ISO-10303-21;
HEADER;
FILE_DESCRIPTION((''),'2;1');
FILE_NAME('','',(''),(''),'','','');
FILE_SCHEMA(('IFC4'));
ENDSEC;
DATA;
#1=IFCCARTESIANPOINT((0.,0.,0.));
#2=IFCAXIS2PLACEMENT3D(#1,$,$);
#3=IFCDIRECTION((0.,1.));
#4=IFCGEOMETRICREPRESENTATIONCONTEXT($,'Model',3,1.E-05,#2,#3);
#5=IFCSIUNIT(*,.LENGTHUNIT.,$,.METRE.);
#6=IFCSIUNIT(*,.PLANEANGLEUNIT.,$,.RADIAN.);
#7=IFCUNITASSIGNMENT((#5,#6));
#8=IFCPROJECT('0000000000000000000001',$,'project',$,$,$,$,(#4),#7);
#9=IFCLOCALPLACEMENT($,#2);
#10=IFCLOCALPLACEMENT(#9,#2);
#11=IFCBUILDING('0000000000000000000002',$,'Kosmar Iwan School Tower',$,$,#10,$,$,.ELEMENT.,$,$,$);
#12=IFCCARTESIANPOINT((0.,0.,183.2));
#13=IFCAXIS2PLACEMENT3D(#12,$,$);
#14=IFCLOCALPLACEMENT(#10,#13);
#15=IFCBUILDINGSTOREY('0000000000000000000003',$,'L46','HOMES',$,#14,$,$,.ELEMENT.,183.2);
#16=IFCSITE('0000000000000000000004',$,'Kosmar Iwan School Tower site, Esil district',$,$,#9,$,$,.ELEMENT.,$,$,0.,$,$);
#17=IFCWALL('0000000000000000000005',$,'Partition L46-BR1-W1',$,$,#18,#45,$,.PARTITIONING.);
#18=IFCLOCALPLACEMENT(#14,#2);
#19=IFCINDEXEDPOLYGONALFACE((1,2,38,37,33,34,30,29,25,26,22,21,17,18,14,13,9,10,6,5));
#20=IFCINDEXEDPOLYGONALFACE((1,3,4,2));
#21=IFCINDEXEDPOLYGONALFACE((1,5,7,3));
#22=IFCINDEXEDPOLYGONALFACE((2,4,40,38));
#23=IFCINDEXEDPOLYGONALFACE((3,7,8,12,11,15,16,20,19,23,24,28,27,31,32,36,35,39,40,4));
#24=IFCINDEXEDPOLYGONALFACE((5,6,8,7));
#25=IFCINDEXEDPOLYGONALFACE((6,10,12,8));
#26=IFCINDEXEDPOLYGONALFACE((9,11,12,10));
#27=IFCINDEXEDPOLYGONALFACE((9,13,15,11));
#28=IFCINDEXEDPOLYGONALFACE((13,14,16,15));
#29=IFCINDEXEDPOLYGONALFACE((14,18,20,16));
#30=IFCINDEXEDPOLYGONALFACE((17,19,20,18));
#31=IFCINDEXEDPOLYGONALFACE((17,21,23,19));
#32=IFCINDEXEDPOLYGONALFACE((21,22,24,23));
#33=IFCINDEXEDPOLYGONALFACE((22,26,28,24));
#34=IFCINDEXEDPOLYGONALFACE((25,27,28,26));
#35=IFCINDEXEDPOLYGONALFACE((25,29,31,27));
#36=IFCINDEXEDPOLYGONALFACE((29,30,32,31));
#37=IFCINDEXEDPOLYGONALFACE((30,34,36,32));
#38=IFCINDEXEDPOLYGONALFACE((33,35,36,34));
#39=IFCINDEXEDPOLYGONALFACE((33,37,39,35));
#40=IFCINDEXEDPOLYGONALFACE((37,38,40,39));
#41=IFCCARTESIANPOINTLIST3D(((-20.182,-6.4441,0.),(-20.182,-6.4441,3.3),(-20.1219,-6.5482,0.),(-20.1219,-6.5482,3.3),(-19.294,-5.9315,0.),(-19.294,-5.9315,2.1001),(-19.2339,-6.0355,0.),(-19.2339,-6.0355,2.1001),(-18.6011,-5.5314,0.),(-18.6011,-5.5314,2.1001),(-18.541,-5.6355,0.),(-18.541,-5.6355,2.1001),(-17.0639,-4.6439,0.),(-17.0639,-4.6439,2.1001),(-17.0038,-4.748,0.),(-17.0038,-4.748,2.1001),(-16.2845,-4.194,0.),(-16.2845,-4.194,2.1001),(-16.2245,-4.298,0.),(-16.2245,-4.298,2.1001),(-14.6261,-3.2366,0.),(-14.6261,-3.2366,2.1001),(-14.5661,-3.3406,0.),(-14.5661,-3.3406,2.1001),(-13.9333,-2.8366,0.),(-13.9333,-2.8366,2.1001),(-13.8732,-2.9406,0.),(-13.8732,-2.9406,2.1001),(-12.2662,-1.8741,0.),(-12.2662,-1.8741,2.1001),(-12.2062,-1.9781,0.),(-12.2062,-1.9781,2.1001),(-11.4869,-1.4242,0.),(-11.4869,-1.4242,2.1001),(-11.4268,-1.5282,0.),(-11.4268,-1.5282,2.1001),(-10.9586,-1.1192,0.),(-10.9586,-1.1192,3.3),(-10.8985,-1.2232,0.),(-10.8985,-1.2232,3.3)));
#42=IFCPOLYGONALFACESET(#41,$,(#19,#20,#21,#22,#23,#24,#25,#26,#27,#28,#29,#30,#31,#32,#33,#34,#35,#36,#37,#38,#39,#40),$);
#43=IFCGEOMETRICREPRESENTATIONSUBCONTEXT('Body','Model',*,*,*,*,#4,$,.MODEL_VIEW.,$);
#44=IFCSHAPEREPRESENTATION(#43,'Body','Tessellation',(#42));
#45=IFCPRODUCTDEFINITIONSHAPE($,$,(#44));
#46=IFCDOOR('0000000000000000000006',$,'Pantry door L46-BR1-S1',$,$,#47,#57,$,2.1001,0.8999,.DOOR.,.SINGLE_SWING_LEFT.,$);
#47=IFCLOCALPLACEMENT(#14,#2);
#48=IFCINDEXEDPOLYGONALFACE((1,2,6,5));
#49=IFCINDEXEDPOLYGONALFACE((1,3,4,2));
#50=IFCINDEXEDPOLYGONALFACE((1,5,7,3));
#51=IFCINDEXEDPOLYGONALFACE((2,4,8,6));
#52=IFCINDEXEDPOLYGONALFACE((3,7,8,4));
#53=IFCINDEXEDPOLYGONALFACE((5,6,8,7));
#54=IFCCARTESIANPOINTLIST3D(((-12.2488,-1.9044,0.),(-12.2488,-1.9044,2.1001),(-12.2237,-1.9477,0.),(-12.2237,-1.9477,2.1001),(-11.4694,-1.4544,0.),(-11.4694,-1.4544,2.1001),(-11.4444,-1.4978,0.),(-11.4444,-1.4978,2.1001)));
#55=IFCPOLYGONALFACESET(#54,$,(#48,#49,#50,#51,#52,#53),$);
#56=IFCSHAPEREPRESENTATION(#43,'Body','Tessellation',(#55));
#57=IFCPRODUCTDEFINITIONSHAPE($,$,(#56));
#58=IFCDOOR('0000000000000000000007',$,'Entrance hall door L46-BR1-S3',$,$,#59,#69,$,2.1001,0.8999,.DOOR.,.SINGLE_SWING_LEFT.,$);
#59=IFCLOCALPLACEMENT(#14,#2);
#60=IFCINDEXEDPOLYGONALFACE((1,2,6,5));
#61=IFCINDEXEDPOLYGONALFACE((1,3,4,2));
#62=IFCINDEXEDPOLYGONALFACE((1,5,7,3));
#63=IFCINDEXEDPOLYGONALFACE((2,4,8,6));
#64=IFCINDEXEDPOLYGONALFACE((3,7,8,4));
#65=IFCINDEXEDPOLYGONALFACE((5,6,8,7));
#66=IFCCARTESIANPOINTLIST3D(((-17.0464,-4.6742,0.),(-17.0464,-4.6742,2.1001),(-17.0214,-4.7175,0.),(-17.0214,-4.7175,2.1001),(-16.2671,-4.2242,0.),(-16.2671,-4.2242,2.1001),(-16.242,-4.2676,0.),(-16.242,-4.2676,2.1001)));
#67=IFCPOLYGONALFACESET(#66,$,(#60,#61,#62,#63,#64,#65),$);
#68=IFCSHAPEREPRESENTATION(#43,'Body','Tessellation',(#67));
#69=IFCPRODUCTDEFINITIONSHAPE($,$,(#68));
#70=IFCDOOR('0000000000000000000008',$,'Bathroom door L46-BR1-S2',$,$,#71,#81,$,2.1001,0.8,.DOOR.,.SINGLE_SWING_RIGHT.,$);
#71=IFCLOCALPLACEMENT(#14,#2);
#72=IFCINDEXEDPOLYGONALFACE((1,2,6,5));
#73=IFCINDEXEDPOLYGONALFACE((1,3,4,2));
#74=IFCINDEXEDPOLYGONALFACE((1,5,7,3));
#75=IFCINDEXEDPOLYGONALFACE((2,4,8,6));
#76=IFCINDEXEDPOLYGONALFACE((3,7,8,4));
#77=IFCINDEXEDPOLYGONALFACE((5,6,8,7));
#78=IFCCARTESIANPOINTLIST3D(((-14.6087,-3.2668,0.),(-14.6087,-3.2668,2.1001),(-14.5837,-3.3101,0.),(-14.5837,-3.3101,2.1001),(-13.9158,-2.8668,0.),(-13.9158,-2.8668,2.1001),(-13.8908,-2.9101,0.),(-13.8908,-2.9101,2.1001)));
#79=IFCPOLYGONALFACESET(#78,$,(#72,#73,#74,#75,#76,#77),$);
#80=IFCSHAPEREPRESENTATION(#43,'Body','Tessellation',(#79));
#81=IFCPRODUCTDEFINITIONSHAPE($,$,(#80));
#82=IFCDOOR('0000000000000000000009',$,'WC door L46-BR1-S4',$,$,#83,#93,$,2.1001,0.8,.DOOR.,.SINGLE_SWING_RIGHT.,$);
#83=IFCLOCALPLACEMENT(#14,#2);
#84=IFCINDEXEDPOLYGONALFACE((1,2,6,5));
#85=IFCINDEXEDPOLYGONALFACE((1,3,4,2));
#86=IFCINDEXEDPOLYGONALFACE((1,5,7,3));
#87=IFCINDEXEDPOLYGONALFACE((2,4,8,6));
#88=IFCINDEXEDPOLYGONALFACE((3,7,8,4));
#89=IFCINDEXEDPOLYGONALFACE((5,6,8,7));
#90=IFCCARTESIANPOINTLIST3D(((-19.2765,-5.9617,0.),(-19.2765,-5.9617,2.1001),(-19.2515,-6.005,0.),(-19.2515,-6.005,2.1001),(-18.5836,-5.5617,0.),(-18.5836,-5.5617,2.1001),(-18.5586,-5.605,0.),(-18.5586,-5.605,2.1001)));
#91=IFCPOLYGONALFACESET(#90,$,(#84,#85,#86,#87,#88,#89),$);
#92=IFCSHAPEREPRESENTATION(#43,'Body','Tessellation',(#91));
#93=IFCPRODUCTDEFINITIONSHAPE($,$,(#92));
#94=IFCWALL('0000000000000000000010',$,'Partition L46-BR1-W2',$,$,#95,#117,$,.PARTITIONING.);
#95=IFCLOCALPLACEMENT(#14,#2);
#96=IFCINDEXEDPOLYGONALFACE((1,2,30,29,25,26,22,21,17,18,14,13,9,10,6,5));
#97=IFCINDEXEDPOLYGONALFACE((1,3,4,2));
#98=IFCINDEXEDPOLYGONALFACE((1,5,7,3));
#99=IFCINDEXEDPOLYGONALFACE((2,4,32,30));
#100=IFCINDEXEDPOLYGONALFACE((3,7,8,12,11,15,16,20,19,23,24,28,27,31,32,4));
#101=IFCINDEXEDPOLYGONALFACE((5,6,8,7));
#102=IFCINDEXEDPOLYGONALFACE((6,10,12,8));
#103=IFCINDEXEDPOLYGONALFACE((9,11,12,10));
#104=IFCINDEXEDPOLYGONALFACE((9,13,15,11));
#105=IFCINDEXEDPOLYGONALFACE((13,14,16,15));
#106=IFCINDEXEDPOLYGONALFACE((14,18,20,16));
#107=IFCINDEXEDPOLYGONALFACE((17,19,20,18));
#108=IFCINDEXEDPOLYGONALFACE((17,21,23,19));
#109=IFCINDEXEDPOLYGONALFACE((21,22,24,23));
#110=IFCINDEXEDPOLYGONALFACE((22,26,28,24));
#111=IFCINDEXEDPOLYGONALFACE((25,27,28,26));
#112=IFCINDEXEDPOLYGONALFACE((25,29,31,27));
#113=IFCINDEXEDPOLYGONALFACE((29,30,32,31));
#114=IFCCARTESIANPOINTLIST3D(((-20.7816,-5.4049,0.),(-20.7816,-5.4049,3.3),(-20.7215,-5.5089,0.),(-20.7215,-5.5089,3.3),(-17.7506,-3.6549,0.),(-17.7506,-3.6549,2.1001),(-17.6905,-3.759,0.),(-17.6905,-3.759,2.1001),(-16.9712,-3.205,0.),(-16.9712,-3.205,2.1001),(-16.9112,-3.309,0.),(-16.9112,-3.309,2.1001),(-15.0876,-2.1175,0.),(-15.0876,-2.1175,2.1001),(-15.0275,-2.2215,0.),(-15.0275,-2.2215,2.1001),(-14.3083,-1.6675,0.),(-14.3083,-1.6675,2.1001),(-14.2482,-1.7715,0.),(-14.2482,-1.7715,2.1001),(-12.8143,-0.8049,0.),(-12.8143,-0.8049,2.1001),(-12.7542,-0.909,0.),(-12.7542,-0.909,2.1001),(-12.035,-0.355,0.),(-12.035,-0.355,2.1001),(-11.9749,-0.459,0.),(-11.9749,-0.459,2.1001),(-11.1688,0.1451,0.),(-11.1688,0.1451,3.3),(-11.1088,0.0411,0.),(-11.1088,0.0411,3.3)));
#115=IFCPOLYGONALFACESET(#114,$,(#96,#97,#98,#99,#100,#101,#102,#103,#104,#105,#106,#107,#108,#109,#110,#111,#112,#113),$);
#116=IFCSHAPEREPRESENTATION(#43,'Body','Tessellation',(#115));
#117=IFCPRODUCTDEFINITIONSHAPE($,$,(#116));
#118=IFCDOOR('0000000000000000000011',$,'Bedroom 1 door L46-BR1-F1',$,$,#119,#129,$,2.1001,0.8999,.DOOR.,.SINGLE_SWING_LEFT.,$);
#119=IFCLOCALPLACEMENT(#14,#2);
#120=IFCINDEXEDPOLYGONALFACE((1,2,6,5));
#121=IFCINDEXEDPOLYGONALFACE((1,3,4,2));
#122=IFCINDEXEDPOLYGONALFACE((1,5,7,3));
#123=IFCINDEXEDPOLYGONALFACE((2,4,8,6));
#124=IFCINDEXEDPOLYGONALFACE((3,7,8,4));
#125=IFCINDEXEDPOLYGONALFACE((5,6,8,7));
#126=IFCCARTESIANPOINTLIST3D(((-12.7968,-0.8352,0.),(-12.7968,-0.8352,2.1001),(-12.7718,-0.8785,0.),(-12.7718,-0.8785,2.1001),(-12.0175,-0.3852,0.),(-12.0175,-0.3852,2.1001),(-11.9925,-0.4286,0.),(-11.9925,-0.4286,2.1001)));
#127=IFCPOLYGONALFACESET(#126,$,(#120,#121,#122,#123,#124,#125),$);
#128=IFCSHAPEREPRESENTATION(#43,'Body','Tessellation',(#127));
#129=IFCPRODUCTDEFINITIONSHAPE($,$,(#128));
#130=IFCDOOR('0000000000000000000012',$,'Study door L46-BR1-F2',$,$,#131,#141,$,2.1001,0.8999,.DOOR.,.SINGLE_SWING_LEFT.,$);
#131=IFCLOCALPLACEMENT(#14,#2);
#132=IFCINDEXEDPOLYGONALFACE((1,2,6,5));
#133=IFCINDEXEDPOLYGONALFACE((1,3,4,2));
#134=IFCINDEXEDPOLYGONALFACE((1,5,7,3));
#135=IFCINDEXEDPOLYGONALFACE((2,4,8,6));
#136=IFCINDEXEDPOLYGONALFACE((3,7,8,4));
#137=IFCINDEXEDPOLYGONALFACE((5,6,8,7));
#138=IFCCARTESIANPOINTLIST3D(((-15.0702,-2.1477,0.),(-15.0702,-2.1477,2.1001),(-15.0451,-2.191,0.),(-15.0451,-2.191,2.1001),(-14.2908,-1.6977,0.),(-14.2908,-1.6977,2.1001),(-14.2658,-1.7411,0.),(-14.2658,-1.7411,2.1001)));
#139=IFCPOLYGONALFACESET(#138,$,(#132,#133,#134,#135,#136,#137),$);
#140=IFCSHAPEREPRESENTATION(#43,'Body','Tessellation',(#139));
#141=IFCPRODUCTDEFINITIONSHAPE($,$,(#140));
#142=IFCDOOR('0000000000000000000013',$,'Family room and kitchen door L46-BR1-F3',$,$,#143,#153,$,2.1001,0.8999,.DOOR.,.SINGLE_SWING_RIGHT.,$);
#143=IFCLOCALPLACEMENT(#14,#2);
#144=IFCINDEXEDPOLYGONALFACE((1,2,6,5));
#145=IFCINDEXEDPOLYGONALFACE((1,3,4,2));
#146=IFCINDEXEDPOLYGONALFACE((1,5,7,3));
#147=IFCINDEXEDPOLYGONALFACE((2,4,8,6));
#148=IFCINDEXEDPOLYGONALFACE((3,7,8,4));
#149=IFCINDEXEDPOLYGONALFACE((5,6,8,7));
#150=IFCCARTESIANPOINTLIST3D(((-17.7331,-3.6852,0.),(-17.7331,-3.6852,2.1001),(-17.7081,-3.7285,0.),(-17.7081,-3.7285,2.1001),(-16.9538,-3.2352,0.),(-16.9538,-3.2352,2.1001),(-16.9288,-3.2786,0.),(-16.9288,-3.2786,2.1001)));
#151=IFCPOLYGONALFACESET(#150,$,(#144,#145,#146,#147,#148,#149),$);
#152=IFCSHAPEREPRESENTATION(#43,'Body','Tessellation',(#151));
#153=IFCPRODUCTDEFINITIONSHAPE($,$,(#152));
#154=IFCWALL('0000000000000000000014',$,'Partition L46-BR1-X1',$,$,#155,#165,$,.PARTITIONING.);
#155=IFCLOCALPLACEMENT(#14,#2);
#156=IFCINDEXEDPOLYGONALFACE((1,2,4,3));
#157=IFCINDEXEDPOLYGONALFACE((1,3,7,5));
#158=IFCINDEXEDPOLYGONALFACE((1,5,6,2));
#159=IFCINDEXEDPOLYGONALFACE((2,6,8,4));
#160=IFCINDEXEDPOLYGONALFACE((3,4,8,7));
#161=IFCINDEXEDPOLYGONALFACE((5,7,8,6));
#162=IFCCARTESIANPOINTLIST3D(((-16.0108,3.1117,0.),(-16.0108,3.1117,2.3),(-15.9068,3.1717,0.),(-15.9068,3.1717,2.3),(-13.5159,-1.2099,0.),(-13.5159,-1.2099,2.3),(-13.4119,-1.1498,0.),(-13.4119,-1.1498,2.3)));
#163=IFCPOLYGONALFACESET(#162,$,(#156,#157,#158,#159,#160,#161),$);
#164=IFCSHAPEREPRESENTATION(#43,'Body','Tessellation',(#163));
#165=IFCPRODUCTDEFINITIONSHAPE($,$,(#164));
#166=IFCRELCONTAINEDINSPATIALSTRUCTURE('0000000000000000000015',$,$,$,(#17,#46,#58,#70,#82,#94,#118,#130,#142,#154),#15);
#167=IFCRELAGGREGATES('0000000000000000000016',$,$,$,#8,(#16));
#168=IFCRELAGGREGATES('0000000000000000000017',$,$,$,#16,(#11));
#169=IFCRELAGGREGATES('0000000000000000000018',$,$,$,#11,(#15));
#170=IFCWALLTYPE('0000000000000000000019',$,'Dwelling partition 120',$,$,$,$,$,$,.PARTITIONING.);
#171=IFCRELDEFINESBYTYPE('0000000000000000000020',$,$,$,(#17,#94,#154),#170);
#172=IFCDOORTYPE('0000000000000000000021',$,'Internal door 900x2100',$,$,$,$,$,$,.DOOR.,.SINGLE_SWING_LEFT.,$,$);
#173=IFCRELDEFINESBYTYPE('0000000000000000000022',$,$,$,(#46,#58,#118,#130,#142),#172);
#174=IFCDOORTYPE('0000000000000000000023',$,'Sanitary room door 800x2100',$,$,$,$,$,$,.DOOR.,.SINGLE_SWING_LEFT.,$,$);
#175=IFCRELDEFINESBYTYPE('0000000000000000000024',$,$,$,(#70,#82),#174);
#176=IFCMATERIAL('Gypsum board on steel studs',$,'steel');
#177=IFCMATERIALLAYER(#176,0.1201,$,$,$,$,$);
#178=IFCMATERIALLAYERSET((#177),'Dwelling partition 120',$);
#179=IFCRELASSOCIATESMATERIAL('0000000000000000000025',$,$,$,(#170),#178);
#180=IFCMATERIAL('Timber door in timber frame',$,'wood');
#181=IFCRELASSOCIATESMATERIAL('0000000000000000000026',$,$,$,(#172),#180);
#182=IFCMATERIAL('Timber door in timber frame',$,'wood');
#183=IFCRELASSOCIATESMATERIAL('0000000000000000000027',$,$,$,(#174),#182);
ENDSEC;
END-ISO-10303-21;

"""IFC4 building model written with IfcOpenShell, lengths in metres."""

from ifc_helpers import new_model, si_unit, direction, frame, frame_2d, origin, place, context, subcontext, project, spatial, rectangle, extrude, material, layer, layer_set, type_object, element, fill, save


model = new_model("IFC4")

# Units and contexts
model_context = context("Model", 3, precision=1e-05, world=origin(), true_north=direction((0.0, 1.0)))
body_context = subcontext(model_context, "Body", "Model", "MODEL_VIEW")
ifc_project = project(units=[si_unit("LENGTHUNIT", "METRE"), si_unit("PLANEANGLEUNIT", "RADIAN")], contexts=[model_context])

# Site, building, storey
site_placement = place(None, origin())
site = spatial("IfcSite", under=ifc_project, at=site_placement, Name="Kosmar Iwan School Tower site, Esil district", CompositionType="ELEMENT", RefElevation=0.0)
building_placement = place(site_placement, origin())
building = spatial("IfcBuilding", under=site, at=building_placement, Name="Kosmar Iwan School Tower", CompositionType="ELEMENT")
storey_placement = place(building_placement, frame((0.0, 0.0, 183.2)))
storey = spatial("IfcBuildingStorey", under=building, at=storey_placement, Name="L46", Description="HOMES", CompositionType="ELEMENT", Elevation=183.2)

# Walls, openings, doors
ifc_material_1 = material(Name="Gypsum board on steel studs", Category="steel")
ifc_layer_1 = layer(ifc_material_1, 0.1201)
ifc_layer_set_1 = layer_set([ifc_layer_1], Name="Dwelling partition 120")
wall_type_1 = type_object("IfcWallType", Name="Dwelling partition 120", PredefinedType="PARTITIONING", material=ifc_layer_set_1)
wall_1_placement = place(storey_placement, frame((-10.9285, -1.1711, 0.0), z_axis=(0.0, 0.0, 1.0), x_axis=(-0.866033, -0.499988, 0.0)))
wall_1 = element("IfcWall", 1, at=wall_1_placement, inside=storey, type_object=wall_type_1, Name="Partition L46-BR1-W1", PredefinedType="PARTITIONING", context=body_context, shape_type="SweptSolid", body=[
    extrude(rectangle(XDim=10.6501, YDim=0.1201, at=frame_2d((5.3252, 0.0))), origin(), (0.0, 0.0, 1.0), 3.3),
])
opening_1_placement = place(wall_1_placement, frame((0.6101, 0.0, 0.0)))
opening_1 = element("IfcOpeningElement", 2, at=opening_1_placement, cuts=wall_1, PredefinedType="OPENING", context=body_context, shape_type="SweptSolid", body=[
    extrude(rectangle(XDim=0.8999, YDim=2.1001, at=frame_2d((0.45, 1.05))), frame((0.0, 0.072, 0.0), z_axis=(0.0, -1.0, 0.0), x_axis=(1.0, 0.0, 0.0)), (0.0, 0.0, 1.0), 0.144),
])
opening_2_placement = place(wall_1_placement, frame((3.4351, 0.0, 0.0)))
opening_2 = element("IfcOpeningElement", 3, at=opening_2_placement, cuts=wall_1, PredefinedType="OPENING", context=body_context, shape_type="SweptSolid", body=[
    extrude(rectangle(XDim=0.8, YDim=2.1001, at=frame_2d((0.3999, 1.05))), frame((0.0, 0.072, 0.0), z_axis=(0.0, -1.0, 0.0), x_axis=(1.0, 0.0, 0.0)), (0.0, 0.0, 1.0), 0.144),
])
opening_3_placement = place(wall_1_placement, frame((6.1499, 0.0, 0.0)))
opening_3 = element("IfcOpeningElement", 4, at=opening_3_placement, cuts=wall_1, PredefinedType="OPENING", context=body_context, shape_type="SweptSolid", body=[
    extrude(rectangle(XDim=0.8999, YDim=2.1001, at=frame_2d((0.45, 1.05))), frame((0.0, 0.072, 0.0), z_axis=(0.0, -1.0, 0.0), x_axis=(1.0, 0.0, 0.0)), (0.0, 0.0, 1.0), 0.144),
])
opening_4_placement = place(wall_1_placement, frame((8.825, 0.0, 0.0)))
opening_4 = element("IfcOpeningElement", 5, at=opening_4_placement, cuts=wall_1, PredefinedType="OPENING", context=body_context, shape_type="SweptSolid", body=[
    extrude(rectangle(XDim=0.8, YDim=2.1001, at=frame_2d((0.3999, 1.05))), frame((0.0, 0.072, 0.0), z_axis=(0.0, -1.0, 0.0), x_axis=(1.0, 0.0, 0.0)), (0.0, 0.0, 1.0), 0.144),
])
ifc_material_2 = material(Name="Timber door in timber frame", Category="wood")
door_type_1 = type_object("IfcDoorType", Name="Internal door 900x2100", OperationType="SINGLE_SWING_LEFT", PredefinedType="DOOR", material=ifc_material_2)
door_1_placement = place(opening_1_placement, origin())
door_1 = element("IfcDoor", 6, at=door_1_placement, inside=storey, type_object=door_type_1, Name="Pantry door L46-BR1-S1", OperationType="SINGLE_SWING_LEFT", OverallHeight=2.1001, OverallWidth=0.8999, PredefinedType="DOOR", context=body_context, shape_type="SweptSolid", body=[
    extrude(rectangle(XDim=0.8999, YDim=2.1001, at=frame_2d((0.45, 1.05))), frame((0.0, 0.0249, 0.0), z_axis=(0.0, -1.0, 0.0), x_axis=(1.0, 0.0, 0.0)), (0.0, 0.0, 1.0), 0.05),
])
fill(opening_1, door_1)
door_2_placement = place(opening_3_placement, origin())
door_2 = element("IfcDoor", 7, at=door_2_placement, inside=storey, type_object=door_type_1, Name="Entrance hall door L46-BR1-S3", OperationType="SINGLE_SWING_LEFT", OverallHeight=2.1001, OverallWidth=0.8999, PredefinedType="DOOR", context=body_context, shape_type="SweptSolid", body=[
    extrude(rectangle(XDim=0.8999, YDim=2.1001, at=frame_2d((0.45, 1.05))), frame((0.0, 0.0249, 0.0), z_axis=(0.0, -1.0, 0.0), x_axis=(1.0, 0.0, 0.0)), (0.0, 0.0, 1.0), 0.05),
])
fill(opening_3, door_2)
ifc_material_3 = material(Name="Timber door in timber frame", Category="wood")
door_type_2 = type_object("IfcDoorType", Name="Sanitary room door 800x2100", OperationType="SINGLE_SWING_LEFT", PredefinedType="DOOR", material=ifc_material_3)
door_3_placement = place(opening_2_placement, origin())
door_3 = element("IfcDoor", 8, at=door_3_placement, inside=storey, type_object=door_type_2, Name="Bathroom door L46-BR1-S2", OperationType="SINGLE_SWING_RIGHT", OverallHeight=2.1001, OverallWidth=0.8, PredefinedType="DOOR", context=body_context, shape_type="SweptSolid", body=[
    extrude(rectangle(XDim=0.8, YDim=2.1001, at=frame_2d((0.3999, 1.05))), frame((0.0, 0.0249, 0.0), z_axis=(0.0, -1.0, 0.0), x_axis=(1.0, 0.0, 0.0)), (0.0, 0.0, 1.0), 0.05),
])
fill(opening_2, door_3)
door_4_placement = place(opening_4_placement, origin())
door_4 = element("IfcDoor", 9, at=door_4_placement, inside=storey, type_object=door_type_2, Name="WC door L46-BR1-S4", OperationType="SINGLE_SWING_RIGHT", OverallHeight=2.1001, OverallWidth=0.8, PredefinedType="DOOR", context=body_context, shape_type="SweptSolid", body=[
    extrude(rectangle(XDim=0.8, YDim=2.1001, at=frame_2d((0.3999, 1.05))), frame((0.0, 0.0249, 0.0), z_axis=(0.0, -1.0, 0.0), x_axis=(1.0, 0.0, 0.0)), (0.0, 0.0, 1.0), 0.05),
])
fill(opening_4, door_4)
wall_2_placement = place(storey_placement, frame((-11.1389, 0.093, 0.0), z_axis=(0.0, 0.0, 1.0), x_axis=(-0.866021, -0.500007, 0.0)))
wall_2 = element("IfcWall", 10, at=wall_2_placement, inside=storey, type_object=wall_type_1, Name="Partition L46-BR1-W2", PredefinedType="PARTITIONING", context=body_context, shape_type="SweptSolid", body=[
    extrude(rectangle(XDim=11.0999, YDim=0.1201, at=frame_2d((5.5498, 0.0))), origin(), (0.0, 0.0, 1.0), 3.3),
])
opening_5_placement = place(wall_2_placement, frame((1.0, 0.0, 0.0)))
opening_5 = element("IfcOpeningElement", 11, at=opening_5_placement, cuts=wall_2, PredefinedType="OPENING", context=body_context, shape_type="SweptSolid", body=[
    extrude(rectangle(XDim=0.8999, YDim=2.1001, at=frame_2d((0.45, 1.05))), frame((0.0, 0.072, 0.0), z_axis=(0.0, -1.0, 0.0), x_axis=(1.0, 0.0, 0.0)), (0.0, 0.0, 1.0), 0.144),
])
opening_6_placement = place(wall_2_placement, frame((3.625, 0.0, 0.0)))
opening_6 = element("IfcOpeningElement", 12, at=opening_6_placement, cuts=wall_2, PredefinedType="OPENING", context=body_context, shape_type="SweptSolid", body=[
    extrude(rectangle(XDim=0.8999, YDim=2.1001, at=frame_2d((0.45, 1.05))), frame((0.0, 0.072, 0.0), z_axis=(0.0, -1.0, 0.0), x_axis=(1.0, 0.0, 0.0)), (0.0, 0.0, 1.0), 0.144),
])
opening_7_placement = place(wall_2_placement, frame((6.7, 0.0, 0.0)))
opening_7 = element("IfcOpeningElement", 13, at=opening_7_placement, cuts=wall_2, PredefinedType="OPENING", context=body_context, shape_type="SweptSolid", body=[
    extrude(rectangle(XDim=0.8999, YDim=2.1001, at=frame_2d((0.45, 1.05))), frame((0.0, 0.072, 0.0), z_axis=(0.0, -1.0, 0.0), x_axis=(1.0, 0.0, 0.0)), (0.0, 0.0, 1.0), 0.144),
])
door_5_placement = place(opening_5_placement, origin())
door_5 = element("IfcDoor", 14, at=door_5_placement, inside=storey, type_object=door_type_1, Name="Bedroom 1 door L46-BR1-F1", OperationType="SINGLE_SWING_LEFT", OverallHeight=2.1001, OverallWidth=0.8999, PredefinedType="DOOR", context=body_context, shape_type="SweptSolid", body=[
    extrude(rectangle(XDim=0.8999, YDim=2.1001, at=frame_2d((0.45, 1.05))), frame((0.0, 0.0249, 0.0), z_axis=(0.0, -1.0, 0.0), x_axis=(1.0, 0.0, 0.0)), (0.0, 0.0, 1.0), 0.05),
])
fill(opening_5, door_5)
door_6_placement = place(opening_6_placement, origin())
door_6 = element("IfcDoor", 15, at=door_6_placement, inside=storey, type_object=door_type_1, Name="Study door L46-BR1-F2", OperationType="SINGLE_SWING_LEFT", OverallHeight=2.1001, OverallWidth=0.8999, PredefinedType="DOOR", context=body_context, shape_type="SweptSolid", body=[
    extrude(rectangle(XDim=0.8999, YDim=2.1001, at=frame_2d((0.45, 1.05))), frame((0.0, 0.0249, 0.0), z_axis=(0.0, -1.0, 0.0), x_axis=(1.0, 0.0, 0.0)), (0.0, 0.0, 1.0), 0.05),
])
fill(opening_6, door_6)
door_7_placement = place(opening_7_placement, origin())
door_7 = element("IfcDoor", 16, at=door_7_placement, inside=storey, type_object=door_type_1, Name="Family room and kitchen door L46-BR1-F3", OperationType="SINGLE_SWING_RIGHT", OverallHeight=2.1001, OverallWidth=0.8999, PredefinedType="DOOR", context=body_context, shape_type="SweptSolid", body=[
    extrude(rectangle(XDim=0.8999, YDim=2.1001, at=frame_2d((0.45, 1.05))), frame((0.0, 0.0249, 0.0), z_axis=(0.0, -1.0, 0.0), x_axis=(1.0, 0.0, 0.0)), (0.0, 0.0, 1.0), 0.05),
])
fill(opening_7, door_7)

# Wall
wall_3_placement = place(storey_placement, frame((-13.4639, -1.1799, 0.0), z_axis=(0.0, 0.0, 1.0), x_axis=(-0.499975, 0.86604, 0.0)))
element("IfcWall", 17, at=wall_3_placement, inside=storey, type_object=wall_type_1, Name="Partition L46-BR1-X1", PredefinedType="PARTITIONING", context=body_context, shape_type="SweptSolid", body=[
    extrude(rectangle(XDim=4.99, YDim=0.1201, at=frame_2d((2.4951, 0.0))), origin(), (0.0, 0.0, 1.0), 2.3),
])

save(model, "model.ifc")
